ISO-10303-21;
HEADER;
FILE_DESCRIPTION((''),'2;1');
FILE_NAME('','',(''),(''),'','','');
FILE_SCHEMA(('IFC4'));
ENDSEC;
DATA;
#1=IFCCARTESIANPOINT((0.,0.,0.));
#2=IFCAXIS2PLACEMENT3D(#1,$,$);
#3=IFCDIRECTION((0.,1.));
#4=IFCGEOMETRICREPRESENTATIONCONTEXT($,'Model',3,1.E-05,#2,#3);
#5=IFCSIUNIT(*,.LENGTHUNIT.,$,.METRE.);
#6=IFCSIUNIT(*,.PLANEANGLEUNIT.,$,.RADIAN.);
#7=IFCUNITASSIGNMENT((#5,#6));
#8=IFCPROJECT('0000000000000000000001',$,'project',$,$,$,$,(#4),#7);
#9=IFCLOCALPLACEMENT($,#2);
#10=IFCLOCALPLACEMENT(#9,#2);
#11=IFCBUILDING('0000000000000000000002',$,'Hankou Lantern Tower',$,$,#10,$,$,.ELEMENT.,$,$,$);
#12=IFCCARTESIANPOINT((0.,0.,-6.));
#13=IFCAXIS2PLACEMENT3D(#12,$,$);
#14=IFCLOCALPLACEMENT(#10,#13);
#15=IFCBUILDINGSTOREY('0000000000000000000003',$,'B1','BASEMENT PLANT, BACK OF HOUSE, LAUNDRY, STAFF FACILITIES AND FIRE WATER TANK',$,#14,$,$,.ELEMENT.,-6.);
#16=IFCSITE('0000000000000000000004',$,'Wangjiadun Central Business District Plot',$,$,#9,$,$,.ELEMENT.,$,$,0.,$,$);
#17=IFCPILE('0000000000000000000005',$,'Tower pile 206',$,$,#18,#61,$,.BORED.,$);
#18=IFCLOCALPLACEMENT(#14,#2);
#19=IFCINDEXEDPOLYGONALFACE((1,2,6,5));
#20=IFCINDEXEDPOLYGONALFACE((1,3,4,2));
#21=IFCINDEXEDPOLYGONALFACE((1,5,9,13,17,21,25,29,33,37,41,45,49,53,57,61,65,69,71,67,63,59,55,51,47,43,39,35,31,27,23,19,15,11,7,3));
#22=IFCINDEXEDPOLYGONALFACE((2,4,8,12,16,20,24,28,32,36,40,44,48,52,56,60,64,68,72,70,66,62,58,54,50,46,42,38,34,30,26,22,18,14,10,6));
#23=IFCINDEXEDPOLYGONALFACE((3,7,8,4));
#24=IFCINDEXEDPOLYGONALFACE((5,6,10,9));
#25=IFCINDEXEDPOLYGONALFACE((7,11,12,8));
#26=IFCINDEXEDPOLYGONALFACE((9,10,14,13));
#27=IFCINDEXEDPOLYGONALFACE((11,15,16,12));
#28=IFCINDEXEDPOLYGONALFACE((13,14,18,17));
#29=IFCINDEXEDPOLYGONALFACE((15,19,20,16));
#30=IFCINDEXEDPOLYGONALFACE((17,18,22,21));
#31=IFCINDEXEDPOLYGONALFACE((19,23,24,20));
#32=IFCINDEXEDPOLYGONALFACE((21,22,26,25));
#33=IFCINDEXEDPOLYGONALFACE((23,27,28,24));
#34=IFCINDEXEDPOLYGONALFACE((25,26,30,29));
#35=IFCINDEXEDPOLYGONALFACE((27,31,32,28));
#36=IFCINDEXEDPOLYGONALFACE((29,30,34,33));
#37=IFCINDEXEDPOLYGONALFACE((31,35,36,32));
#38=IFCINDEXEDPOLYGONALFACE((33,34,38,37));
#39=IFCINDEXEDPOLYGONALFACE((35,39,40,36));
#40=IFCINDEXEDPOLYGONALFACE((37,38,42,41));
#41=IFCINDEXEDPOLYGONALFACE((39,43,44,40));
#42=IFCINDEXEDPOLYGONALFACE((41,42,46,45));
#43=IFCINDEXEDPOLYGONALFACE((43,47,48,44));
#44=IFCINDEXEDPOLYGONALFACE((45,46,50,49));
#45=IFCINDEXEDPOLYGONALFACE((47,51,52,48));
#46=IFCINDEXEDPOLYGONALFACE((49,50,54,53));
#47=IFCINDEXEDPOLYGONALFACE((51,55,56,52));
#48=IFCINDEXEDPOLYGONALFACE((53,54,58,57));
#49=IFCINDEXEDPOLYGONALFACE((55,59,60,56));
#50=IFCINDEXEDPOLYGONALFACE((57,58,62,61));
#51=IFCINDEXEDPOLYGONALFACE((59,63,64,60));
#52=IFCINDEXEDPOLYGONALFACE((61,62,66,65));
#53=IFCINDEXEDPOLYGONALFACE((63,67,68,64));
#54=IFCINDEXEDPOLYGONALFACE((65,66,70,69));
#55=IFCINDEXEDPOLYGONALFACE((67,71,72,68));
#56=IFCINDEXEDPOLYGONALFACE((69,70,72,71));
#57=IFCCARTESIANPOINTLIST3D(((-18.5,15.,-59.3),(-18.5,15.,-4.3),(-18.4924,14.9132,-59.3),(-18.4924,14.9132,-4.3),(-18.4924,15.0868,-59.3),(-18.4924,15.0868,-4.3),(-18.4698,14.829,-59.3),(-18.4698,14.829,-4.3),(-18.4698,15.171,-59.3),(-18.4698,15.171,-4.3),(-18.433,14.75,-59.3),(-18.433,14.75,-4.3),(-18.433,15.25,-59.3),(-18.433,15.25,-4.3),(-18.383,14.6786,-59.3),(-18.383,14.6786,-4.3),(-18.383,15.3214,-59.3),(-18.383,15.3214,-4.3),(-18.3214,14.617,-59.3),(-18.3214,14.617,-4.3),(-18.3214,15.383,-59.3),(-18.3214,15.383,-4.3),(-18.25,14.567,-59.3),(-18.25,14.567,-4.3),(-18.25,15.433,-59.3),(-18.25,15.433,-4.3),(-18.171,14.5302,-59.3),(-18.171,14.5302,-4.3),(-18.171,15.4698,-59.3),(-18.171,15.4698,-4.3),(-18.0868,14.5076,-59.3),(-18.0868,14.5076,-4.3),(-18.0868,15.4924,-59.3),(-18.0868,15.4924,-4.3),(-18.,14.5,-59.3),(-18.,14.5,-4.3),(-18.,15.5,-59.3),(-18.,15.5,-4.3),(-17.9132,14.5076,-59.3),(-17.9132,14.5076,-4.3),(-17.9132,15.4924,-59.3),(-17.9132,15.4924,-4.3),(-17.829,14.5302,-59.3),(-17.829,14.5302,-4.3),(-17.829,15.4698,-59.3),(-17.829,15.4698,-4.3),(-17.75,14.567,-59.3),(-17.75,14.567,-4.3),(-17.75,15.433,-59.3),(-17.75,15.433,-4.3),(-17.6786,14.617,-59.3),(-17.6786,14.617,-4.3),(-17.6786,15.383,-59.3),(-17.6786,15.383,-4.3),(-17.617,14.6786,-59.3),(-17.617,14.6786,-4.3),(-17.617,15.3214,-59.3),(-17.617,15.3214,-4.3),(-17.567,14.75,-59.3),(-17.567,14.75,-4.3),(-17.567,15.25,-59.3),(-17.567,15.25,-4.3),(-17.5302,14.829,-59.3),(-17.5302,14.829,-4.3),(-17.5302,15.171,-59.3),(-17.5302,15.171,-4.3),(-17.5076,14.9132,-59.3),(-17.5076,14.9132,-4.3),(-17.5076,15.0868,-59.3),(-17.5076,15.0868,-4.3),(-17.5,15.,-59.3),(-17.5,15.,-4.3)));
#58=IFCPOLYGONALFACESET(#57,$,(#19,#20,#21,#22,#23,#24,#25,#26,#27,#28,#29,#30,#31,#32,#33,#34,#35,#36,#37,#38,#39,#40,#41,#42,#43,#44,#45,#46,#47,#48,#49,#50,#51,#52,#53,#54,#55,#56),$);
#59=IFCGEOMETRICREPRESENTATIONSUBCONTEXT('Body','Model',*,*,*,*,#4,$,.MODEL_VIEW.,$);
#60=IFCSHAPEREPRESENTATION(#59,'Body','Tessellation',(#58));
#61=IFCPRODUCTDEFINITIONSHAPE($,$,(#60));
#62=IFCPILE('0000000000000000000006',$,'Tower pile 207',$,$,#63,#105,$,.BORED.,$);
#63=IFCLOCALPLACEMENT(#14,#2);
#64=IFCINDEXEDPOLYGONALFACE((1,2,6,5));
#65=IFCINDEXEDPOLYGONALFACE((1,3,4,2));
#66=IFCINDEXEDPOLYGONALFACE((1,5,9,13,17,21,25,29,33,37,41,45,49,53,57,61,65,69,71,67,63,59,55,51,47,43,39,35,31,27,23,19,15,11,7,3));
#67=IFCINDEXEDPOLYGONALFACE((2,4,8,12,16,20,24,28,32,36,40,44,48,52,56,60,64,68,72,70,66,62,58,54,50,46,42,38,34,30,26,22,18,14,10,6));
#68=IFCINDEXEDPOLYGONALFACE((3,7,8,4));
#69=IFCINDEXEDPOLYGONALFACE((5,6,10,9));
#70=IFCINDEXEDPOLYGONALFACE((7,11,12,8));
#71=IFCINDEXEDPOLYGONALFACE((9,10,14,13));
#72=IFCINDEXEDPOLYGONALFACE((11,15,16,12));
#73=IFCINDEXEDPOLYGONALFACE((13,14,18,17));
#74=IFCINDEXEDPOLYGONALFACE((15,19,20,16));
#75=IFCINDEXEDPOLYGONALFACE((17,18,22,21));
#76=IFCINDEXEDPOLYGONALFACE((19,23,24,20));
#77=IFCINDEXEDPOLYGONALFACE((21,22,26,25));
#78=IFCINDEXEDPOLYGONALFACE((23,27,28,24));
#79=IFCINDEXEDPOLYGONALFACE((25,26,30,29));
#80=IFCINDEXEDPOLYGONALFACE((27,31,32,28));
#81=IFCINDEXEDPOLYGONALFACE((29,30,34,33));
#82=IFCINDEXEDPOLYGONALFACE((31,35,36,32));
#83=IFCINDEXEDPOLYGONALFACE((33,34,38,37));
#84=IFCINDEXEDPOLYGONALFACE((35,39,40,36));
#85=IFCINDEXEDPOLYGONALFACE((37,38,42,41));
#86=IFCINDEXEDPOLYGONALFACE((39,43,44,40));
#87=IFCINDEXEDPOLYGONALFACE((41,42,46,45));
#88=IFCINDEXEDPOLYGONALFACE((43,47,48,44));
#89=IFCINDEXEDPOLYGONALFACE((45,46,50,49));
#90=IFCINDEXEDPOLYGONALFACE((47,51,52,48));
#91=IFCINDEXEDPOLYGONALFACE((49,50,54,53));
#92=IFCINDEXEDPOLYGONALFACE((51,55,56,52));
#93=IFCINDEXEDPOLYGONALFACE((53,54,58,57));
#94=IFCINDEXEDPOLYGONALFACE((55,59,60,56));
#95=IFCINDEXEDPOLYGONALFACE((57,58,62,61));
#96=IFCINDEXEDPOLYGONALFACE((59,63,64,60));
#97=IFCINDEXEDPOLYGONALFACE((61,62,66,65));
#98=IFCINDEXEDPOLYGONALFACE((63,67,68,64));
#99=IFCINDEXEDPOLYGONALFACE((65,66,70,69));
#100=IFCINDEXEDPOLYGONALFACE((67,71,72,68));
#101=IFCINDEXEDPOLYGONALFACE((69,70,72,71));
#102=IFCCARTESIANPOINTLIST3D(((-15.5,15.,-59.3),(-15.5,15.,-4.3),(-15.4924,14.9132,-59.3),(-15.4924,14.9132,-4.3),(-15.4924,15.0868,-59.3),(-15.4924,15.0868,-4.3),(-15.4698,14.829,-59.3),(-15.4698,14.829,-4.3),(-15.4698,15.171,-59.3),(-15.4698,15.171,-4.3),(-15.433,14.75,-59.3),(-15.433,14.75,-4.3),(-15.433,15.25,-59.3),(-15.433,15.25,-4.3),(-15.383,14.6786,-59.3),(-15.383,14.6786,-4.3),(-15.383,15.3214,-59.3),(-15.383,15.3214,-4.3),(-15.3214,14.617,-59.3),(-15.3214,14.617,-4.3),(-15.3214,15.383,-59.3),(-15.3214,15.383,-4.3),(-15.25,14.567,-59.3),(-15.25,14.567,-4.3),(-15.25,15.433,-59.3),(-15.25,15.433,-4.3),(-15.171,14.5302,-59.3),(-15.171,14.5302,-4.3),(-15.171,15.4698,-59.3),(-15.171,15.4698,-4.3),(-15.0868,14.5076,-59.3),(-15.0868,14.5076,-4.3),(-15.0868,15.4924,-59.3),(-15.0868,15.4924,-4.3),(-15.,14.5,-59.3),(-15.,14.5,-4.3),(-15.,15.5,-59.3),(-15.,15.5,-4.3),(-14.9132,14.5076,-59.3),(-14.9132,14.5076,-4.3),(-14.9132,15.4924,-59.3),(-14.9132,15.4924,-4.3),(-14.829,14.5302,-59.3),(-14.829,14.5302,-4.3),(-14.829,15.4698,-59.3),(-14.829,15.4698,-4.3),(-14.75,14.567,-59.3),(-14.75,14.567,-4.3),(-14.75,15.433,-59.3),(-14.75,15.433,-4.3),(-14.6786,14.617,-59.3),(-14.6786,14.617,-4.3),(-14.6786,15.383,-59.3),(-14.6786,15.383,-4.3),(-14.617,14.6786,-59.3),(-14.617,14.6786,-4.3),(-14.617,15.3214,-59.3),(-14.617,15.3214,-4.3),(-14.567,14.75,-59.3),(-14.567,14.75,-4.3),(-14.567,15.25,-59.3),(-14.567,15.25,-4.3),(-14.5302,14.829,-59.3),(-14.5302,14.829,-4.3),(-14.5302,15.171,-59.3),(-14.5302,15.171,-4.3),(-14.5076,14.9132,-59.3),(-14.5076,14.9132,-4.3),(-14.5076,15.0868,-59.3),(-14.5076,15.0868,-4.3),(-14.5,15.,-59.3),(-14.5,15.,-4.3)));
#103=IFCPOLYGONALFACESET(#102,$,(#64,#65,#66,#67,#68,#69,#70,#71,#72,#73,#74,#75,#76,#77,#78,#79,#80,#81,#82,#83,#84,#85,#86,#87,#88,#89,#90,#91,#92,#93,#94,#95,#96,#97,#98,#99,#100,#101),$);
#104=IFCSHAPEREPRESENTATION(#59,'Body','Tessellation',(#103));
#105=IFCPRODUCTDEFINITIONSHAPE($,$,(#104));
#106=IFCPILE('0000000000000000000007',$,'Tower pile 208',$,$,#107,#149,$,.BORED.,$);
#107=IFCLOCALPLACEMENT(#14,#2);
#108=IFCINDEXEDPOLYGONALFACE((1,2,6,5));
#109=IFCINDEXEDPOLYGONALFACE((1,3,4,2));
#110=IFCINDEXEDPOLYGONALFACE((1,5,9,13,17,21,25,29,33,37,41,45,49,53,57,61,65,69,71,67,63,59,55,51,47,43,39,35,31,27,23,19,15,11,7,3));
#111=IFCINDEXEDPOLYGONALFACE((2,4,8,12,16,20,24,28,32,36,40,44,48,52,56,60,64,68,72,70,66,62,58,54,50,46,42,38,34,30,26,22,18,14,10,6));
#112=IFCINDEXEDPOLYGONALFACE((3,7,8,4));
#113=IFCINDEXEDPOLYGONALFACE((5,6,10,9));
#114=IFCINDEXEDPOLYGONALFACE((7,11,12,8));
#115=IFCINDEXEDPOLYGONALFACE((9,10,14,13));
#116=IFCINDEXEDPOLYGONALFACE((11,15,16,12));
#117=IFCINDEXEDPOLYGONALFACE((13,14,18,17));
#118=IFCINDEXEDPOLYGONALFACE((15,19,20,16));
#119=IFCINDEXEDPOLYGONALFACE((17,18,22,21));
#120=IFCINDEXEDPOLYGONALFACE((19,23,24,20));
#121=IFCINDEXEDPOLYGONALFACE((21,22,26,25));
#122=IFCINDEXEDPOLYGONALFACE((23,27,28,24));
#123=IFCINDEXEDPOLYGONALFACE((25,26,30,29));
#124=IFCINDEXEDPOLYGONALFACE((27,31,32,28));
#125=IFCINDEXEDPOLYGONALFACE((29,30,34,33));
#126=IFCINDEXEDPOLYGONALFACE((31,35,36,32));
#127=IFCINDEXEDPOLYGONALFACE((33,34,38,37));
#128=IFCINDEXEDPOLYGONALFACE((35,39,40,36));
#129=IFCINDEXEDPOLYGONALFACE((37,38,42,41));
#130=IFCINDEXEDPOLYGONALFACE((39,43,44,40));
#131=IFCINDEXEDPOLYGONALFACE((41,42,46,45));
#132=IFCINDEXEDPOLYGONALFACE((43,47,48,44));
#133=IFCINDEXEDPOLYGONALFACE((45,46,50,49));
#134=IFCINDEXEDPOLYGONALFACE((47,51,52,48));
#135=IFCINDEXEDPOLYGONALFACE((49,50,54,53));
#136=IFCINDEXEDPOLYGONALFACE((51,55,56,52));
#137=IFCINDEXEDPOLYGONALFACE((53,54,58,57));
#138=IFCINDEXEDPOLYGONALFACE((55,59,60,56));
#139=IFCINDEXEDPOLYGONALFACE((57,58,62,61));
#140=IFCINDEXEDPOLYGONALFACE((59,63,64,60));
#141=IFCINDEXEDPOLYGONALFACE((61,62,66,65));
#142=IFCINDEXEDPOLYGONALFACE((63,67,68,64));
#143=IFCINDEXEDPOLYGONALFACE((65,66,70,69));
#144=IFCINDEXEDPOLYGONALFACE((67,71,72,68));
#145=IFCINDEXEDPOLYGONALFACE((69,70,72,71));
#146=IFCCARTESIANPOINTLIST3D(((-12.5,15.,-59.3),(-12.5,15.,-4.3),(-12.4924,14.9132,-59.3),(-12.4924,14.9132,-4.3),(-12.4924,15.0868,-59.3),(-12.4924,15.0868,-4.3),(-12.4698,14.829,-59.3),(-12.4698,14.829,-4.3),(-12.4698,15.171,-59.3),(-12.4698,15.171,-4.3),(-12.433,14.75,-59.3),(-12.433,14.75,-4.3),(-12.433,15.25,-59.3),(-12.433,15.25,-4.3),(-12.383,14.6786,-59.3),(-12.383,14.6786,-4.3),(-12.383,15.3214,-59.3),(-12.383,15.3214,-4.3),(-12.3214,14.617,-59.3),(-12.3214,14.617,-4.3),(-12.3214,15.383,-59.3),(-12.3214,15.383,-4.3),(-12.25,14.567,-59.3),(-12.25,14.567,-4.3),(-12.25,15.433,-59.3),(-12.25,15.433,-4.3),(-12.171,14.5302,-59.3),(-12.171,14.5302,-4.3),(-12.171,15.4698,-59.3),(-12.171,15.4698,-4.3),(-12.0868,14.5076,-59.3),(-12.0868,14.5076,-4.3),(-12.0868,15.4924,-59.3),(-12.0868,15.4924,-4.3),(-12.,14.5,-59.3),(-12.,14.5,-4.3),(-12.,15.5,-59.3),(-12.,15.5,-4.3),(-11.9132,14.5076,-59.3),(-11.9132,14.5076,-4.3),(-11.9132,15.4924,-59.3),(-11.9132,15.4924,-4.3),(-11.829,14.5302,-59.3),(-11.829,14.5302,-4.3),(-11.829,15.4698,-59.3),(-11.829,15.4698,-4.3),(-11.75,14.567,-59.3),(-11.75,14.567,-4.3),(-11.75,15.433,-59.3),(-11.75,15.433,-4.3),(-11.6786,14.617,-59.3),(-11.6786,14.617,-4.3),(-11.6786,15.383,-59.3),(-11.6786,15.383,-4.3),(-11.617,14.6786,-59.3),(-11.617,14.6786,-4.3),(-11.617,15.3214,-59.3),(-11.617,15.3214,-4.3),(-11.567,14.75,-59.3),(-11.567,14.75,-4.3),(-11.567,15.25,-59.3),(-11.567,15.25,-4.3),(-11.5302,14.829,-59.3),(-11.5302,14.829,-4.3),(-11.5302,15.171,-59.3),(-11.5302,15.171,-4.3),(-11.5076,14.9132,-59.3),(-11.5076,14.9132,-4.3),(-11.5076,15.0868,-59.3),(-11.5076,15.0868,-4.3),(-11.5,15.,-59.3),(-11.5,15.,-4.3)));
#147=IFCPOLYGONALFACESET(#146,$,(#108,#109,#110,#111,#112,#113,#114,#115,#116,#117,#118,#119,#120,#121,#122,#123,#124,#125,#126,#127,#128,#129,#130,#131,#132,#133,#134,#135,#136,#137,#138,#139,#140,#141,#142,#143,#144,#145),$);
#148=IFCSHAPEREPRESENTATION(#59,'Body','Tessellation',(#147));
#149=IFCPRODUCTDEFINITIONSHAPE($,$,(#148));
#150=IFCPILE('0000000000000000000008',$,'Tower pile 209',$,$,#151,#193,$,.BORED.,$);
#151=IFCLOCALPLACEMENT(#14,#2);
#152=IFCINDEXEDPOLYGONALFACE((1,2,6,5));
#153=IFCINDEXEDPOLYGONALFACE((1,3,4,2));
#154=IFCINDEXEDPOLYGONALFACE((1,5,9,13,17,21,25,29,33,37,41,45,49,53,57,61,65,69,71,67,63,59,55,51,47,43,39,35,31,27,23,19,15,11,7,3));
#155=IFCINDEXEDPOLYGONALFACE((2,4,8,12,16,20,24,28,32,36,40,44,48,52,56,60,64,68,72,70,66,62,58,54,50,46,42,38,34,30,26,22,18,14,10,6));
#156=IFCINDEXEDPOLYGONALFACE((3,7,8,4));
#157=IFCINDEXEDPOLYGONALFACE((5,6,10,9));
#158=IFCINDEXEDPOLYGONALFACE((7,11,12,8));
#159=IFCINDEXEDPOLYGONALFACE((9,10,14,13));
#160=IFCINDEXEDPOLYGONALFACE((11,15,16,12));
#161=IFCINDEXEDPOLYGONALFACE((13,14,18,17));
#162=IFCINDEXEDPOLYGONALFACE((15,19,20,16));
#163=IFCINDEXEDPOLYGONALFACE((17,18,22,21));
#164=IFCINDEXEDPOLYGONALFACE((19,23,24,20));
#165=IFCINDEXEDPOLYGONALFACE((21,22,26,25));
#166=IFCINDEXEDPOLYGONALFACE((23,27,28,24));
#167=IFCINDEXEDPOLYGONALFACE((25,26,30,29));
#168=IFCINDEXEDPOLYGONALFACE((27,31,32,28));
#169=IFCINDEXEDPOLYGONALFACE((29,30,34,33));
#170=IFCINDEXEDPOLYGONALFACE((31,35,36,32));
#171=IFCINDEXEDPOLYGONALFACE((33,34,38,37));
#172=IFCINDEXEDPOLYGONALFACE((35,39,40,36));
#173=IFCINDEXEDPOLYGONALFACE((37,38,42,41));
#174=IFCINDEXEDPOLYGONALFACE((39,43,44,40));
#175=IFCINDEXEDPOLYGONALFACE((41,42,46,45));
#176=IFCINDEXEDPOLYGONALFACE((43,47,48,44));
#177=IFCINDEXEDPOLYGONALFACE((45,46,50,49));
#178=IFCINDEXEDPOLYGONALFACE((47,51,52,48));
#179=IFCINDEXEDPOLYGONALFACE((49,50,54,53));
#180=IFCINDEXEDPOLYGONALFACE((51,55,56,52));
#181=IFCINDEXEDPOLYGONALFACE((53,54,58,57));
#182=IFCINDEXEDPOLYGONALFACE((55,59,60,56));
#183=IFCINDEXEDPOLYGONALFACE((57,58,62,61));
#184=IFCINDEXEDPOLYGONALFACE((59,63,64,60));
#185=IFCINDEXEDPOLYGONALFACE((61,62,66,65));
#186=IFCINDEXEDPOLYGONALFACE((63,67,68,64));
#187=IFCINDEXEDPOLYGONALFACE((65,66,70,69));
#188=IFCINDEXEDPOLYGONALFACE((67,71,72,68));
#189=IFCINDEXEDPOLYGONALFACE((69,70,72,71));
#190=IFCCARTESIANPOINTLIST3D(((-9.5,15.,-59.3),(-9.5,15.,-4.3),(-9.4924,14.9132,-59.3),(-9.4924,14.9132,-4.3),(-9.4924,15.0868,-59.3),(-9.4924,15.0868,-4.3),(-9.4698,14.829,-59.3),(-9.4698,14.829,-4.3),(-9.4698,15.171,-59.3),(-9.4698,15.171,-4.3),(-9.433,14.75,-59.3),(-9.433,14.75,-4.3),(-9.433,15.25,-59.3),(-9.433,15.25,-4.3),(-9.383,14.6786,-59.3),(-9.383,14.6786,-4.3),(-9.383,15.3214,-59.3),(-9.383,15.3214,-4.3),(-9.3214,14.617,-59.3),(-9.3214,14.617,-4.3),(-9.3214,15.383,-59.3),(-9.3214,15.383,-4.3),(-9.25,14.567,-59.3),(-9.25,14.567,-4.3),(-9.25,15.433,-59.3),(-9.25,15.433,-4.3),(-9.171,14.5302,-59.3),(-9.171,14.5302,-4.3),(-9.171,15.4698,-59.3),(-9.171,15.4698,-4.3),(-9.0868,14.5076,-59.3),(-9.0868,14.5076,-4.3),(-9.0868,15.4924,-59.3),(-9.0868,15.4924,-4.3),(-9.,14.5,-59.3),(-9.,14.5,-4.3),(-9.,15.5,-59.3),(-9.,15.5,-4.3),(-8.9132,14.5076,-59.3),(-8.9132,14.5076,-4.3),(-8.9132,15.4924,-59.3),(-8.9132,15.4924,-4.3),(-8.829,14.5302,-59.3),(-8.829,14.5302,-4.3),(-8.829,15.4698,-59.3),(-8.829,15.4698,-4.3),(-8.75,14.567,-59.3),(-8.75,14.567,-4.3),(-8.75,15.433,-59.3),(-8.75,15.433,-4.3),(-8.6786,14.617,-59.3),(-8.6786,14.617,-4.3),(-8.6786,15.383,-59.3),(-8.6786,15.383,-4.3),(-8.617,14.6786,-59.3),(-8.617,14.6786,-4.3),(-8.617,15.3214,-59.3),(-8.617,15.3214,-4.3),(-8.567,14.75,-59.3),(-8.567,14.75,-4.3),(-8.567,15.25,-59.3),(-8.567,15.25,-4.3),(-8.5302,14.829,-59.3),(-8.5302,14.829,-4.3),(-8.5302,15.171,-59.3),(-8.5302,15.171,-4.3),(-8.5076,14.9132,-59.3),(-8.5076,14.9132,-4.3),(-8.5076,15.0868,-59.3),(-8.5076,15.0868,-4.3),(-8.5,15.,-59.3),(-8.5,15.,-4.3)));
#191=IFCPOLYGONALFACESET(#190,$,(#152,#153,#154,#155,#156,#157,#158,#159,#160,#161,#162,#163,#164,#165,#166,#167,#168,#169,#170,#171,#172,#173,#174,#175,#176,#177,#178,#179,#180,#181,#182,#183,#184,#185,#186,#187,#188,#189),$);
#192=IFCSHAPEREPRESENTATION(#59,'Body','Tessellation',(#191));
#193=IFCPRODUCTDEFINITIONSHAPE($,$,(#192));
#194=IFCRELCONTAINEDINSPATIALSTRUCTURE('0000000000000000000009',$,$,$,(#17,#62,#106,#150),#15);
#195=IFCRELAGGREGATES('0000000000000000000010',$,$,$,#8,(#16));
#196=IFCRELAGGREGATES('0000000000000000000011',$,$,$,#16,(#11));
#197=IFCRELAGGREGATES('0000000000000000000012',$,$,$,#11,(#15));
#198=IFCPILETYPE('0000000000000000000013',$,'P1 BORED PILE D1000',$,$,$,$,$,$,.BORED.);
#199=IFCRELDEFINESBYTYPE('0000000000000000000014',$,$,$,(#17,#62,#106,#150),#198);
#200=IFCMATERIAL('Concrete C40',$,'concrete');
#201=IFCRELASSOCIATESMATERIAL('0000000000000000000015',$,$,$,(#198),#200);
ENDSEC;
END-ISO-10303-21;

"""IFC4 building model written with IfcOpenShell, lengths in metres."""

from ifc_helpers import new_model, si_unit, direction, frame, origin, origin_2d, place, context, subcontext, project, spatial, circle, extrude, material, material_profile, profile_set, type_object, element, save


model = new_model("IFC4")

# Units and contexts
model_context = context("Model", 3, precision=1e-05, world=origin(), true_north=direction((0.0, 1.0)))
body_context = subcontext(model_context, "Body", "Model", "MODEL_VIEW")
ifc_project = project(units=[si_unit("LENGTHUNIT", "METRE"), si_unit("PLANEANGLEUNIT", "RADIAN")], contexts=[model_context])

# Site, building, storey
site_placement = place(None, origin())
site = spatial("IfcSite", under=ifc_project, at=site_placement, Name="Wangjiadun Central Business District Plot", CompositionType="ELEMENT", RefElevation=0.0)
building_placement = place(site_placement, origin())
building = spatial("IfcBuilding", under=site, at=building_placement, Name="Hankou Lantern Tower", CompositionType="ELEMENT")
storey_placement = place(building_placement, frame((0.0, 0.0, -6.0)))
storey = spatial("IfcBuildingStorey", under=building, at=storey_placement, Name="B1", Description="BASEMENT PLANT, BACK OF HOUSE, LAUNDRY, STAFF FACILITIES AND FIRE WATER TANK", CompositionType="ELEMENT", Elevation=-6.0)

# Piles
ifc_material_1 = material(Name="Concrete C40", Category="concrete")
ifc_material_profile_1 = material_profile(ifc_material_1, circle(Radius=0.5, at=origin_2d()), Name="RC D1000")
ifc_profile_set_1 = profile_set([ifc_material_profile_1], Name="Concrete C40")
pile_type_1 = type_object("IfcPileType", Name="P1 BORED PILE D1000", PredefinedType="BORED", material=ifc_profile_set_1)
for number, where, z_axis, x_axis, name in (
    (1, (-18.0, 15.0, -4.3), (0.0, 0.0, -1.0), (1.0, 0.0, 0.0), "Tower pile 206"),
    (2, (-15.0, 15.0, -4.3), (0.0, 0.0, -1.0), (1.0, 0.0, 0.0), "Tower pile 207"),
    (3, (-12.0, 15.0, -4.3), (0.0, 0.0, -1.0), (1.0, 0.0, 0.0), "Tower pile 208"),
    (4, (-9.0, 15.0, -4.3), (0.0, 0.0, -1.0), (1.0, 0.0, 0.0), "Tower pile 209"),
):
    element("IfcPile", number, at=place(storey_placement, frame(where, z_axis=z_axis, x_axis=x_axis)), inside=storey, type_object=pile_type_1, Name=name, PredefinedType="BORED", context=body_context, shape_type="SweptSolid", body=[
        extrude(circle(Radius=0.5, at=origin_2d()), origin(), (0.0, 0.0, 1.0), 55.0),
    ])

save(model, "model.ifc")
